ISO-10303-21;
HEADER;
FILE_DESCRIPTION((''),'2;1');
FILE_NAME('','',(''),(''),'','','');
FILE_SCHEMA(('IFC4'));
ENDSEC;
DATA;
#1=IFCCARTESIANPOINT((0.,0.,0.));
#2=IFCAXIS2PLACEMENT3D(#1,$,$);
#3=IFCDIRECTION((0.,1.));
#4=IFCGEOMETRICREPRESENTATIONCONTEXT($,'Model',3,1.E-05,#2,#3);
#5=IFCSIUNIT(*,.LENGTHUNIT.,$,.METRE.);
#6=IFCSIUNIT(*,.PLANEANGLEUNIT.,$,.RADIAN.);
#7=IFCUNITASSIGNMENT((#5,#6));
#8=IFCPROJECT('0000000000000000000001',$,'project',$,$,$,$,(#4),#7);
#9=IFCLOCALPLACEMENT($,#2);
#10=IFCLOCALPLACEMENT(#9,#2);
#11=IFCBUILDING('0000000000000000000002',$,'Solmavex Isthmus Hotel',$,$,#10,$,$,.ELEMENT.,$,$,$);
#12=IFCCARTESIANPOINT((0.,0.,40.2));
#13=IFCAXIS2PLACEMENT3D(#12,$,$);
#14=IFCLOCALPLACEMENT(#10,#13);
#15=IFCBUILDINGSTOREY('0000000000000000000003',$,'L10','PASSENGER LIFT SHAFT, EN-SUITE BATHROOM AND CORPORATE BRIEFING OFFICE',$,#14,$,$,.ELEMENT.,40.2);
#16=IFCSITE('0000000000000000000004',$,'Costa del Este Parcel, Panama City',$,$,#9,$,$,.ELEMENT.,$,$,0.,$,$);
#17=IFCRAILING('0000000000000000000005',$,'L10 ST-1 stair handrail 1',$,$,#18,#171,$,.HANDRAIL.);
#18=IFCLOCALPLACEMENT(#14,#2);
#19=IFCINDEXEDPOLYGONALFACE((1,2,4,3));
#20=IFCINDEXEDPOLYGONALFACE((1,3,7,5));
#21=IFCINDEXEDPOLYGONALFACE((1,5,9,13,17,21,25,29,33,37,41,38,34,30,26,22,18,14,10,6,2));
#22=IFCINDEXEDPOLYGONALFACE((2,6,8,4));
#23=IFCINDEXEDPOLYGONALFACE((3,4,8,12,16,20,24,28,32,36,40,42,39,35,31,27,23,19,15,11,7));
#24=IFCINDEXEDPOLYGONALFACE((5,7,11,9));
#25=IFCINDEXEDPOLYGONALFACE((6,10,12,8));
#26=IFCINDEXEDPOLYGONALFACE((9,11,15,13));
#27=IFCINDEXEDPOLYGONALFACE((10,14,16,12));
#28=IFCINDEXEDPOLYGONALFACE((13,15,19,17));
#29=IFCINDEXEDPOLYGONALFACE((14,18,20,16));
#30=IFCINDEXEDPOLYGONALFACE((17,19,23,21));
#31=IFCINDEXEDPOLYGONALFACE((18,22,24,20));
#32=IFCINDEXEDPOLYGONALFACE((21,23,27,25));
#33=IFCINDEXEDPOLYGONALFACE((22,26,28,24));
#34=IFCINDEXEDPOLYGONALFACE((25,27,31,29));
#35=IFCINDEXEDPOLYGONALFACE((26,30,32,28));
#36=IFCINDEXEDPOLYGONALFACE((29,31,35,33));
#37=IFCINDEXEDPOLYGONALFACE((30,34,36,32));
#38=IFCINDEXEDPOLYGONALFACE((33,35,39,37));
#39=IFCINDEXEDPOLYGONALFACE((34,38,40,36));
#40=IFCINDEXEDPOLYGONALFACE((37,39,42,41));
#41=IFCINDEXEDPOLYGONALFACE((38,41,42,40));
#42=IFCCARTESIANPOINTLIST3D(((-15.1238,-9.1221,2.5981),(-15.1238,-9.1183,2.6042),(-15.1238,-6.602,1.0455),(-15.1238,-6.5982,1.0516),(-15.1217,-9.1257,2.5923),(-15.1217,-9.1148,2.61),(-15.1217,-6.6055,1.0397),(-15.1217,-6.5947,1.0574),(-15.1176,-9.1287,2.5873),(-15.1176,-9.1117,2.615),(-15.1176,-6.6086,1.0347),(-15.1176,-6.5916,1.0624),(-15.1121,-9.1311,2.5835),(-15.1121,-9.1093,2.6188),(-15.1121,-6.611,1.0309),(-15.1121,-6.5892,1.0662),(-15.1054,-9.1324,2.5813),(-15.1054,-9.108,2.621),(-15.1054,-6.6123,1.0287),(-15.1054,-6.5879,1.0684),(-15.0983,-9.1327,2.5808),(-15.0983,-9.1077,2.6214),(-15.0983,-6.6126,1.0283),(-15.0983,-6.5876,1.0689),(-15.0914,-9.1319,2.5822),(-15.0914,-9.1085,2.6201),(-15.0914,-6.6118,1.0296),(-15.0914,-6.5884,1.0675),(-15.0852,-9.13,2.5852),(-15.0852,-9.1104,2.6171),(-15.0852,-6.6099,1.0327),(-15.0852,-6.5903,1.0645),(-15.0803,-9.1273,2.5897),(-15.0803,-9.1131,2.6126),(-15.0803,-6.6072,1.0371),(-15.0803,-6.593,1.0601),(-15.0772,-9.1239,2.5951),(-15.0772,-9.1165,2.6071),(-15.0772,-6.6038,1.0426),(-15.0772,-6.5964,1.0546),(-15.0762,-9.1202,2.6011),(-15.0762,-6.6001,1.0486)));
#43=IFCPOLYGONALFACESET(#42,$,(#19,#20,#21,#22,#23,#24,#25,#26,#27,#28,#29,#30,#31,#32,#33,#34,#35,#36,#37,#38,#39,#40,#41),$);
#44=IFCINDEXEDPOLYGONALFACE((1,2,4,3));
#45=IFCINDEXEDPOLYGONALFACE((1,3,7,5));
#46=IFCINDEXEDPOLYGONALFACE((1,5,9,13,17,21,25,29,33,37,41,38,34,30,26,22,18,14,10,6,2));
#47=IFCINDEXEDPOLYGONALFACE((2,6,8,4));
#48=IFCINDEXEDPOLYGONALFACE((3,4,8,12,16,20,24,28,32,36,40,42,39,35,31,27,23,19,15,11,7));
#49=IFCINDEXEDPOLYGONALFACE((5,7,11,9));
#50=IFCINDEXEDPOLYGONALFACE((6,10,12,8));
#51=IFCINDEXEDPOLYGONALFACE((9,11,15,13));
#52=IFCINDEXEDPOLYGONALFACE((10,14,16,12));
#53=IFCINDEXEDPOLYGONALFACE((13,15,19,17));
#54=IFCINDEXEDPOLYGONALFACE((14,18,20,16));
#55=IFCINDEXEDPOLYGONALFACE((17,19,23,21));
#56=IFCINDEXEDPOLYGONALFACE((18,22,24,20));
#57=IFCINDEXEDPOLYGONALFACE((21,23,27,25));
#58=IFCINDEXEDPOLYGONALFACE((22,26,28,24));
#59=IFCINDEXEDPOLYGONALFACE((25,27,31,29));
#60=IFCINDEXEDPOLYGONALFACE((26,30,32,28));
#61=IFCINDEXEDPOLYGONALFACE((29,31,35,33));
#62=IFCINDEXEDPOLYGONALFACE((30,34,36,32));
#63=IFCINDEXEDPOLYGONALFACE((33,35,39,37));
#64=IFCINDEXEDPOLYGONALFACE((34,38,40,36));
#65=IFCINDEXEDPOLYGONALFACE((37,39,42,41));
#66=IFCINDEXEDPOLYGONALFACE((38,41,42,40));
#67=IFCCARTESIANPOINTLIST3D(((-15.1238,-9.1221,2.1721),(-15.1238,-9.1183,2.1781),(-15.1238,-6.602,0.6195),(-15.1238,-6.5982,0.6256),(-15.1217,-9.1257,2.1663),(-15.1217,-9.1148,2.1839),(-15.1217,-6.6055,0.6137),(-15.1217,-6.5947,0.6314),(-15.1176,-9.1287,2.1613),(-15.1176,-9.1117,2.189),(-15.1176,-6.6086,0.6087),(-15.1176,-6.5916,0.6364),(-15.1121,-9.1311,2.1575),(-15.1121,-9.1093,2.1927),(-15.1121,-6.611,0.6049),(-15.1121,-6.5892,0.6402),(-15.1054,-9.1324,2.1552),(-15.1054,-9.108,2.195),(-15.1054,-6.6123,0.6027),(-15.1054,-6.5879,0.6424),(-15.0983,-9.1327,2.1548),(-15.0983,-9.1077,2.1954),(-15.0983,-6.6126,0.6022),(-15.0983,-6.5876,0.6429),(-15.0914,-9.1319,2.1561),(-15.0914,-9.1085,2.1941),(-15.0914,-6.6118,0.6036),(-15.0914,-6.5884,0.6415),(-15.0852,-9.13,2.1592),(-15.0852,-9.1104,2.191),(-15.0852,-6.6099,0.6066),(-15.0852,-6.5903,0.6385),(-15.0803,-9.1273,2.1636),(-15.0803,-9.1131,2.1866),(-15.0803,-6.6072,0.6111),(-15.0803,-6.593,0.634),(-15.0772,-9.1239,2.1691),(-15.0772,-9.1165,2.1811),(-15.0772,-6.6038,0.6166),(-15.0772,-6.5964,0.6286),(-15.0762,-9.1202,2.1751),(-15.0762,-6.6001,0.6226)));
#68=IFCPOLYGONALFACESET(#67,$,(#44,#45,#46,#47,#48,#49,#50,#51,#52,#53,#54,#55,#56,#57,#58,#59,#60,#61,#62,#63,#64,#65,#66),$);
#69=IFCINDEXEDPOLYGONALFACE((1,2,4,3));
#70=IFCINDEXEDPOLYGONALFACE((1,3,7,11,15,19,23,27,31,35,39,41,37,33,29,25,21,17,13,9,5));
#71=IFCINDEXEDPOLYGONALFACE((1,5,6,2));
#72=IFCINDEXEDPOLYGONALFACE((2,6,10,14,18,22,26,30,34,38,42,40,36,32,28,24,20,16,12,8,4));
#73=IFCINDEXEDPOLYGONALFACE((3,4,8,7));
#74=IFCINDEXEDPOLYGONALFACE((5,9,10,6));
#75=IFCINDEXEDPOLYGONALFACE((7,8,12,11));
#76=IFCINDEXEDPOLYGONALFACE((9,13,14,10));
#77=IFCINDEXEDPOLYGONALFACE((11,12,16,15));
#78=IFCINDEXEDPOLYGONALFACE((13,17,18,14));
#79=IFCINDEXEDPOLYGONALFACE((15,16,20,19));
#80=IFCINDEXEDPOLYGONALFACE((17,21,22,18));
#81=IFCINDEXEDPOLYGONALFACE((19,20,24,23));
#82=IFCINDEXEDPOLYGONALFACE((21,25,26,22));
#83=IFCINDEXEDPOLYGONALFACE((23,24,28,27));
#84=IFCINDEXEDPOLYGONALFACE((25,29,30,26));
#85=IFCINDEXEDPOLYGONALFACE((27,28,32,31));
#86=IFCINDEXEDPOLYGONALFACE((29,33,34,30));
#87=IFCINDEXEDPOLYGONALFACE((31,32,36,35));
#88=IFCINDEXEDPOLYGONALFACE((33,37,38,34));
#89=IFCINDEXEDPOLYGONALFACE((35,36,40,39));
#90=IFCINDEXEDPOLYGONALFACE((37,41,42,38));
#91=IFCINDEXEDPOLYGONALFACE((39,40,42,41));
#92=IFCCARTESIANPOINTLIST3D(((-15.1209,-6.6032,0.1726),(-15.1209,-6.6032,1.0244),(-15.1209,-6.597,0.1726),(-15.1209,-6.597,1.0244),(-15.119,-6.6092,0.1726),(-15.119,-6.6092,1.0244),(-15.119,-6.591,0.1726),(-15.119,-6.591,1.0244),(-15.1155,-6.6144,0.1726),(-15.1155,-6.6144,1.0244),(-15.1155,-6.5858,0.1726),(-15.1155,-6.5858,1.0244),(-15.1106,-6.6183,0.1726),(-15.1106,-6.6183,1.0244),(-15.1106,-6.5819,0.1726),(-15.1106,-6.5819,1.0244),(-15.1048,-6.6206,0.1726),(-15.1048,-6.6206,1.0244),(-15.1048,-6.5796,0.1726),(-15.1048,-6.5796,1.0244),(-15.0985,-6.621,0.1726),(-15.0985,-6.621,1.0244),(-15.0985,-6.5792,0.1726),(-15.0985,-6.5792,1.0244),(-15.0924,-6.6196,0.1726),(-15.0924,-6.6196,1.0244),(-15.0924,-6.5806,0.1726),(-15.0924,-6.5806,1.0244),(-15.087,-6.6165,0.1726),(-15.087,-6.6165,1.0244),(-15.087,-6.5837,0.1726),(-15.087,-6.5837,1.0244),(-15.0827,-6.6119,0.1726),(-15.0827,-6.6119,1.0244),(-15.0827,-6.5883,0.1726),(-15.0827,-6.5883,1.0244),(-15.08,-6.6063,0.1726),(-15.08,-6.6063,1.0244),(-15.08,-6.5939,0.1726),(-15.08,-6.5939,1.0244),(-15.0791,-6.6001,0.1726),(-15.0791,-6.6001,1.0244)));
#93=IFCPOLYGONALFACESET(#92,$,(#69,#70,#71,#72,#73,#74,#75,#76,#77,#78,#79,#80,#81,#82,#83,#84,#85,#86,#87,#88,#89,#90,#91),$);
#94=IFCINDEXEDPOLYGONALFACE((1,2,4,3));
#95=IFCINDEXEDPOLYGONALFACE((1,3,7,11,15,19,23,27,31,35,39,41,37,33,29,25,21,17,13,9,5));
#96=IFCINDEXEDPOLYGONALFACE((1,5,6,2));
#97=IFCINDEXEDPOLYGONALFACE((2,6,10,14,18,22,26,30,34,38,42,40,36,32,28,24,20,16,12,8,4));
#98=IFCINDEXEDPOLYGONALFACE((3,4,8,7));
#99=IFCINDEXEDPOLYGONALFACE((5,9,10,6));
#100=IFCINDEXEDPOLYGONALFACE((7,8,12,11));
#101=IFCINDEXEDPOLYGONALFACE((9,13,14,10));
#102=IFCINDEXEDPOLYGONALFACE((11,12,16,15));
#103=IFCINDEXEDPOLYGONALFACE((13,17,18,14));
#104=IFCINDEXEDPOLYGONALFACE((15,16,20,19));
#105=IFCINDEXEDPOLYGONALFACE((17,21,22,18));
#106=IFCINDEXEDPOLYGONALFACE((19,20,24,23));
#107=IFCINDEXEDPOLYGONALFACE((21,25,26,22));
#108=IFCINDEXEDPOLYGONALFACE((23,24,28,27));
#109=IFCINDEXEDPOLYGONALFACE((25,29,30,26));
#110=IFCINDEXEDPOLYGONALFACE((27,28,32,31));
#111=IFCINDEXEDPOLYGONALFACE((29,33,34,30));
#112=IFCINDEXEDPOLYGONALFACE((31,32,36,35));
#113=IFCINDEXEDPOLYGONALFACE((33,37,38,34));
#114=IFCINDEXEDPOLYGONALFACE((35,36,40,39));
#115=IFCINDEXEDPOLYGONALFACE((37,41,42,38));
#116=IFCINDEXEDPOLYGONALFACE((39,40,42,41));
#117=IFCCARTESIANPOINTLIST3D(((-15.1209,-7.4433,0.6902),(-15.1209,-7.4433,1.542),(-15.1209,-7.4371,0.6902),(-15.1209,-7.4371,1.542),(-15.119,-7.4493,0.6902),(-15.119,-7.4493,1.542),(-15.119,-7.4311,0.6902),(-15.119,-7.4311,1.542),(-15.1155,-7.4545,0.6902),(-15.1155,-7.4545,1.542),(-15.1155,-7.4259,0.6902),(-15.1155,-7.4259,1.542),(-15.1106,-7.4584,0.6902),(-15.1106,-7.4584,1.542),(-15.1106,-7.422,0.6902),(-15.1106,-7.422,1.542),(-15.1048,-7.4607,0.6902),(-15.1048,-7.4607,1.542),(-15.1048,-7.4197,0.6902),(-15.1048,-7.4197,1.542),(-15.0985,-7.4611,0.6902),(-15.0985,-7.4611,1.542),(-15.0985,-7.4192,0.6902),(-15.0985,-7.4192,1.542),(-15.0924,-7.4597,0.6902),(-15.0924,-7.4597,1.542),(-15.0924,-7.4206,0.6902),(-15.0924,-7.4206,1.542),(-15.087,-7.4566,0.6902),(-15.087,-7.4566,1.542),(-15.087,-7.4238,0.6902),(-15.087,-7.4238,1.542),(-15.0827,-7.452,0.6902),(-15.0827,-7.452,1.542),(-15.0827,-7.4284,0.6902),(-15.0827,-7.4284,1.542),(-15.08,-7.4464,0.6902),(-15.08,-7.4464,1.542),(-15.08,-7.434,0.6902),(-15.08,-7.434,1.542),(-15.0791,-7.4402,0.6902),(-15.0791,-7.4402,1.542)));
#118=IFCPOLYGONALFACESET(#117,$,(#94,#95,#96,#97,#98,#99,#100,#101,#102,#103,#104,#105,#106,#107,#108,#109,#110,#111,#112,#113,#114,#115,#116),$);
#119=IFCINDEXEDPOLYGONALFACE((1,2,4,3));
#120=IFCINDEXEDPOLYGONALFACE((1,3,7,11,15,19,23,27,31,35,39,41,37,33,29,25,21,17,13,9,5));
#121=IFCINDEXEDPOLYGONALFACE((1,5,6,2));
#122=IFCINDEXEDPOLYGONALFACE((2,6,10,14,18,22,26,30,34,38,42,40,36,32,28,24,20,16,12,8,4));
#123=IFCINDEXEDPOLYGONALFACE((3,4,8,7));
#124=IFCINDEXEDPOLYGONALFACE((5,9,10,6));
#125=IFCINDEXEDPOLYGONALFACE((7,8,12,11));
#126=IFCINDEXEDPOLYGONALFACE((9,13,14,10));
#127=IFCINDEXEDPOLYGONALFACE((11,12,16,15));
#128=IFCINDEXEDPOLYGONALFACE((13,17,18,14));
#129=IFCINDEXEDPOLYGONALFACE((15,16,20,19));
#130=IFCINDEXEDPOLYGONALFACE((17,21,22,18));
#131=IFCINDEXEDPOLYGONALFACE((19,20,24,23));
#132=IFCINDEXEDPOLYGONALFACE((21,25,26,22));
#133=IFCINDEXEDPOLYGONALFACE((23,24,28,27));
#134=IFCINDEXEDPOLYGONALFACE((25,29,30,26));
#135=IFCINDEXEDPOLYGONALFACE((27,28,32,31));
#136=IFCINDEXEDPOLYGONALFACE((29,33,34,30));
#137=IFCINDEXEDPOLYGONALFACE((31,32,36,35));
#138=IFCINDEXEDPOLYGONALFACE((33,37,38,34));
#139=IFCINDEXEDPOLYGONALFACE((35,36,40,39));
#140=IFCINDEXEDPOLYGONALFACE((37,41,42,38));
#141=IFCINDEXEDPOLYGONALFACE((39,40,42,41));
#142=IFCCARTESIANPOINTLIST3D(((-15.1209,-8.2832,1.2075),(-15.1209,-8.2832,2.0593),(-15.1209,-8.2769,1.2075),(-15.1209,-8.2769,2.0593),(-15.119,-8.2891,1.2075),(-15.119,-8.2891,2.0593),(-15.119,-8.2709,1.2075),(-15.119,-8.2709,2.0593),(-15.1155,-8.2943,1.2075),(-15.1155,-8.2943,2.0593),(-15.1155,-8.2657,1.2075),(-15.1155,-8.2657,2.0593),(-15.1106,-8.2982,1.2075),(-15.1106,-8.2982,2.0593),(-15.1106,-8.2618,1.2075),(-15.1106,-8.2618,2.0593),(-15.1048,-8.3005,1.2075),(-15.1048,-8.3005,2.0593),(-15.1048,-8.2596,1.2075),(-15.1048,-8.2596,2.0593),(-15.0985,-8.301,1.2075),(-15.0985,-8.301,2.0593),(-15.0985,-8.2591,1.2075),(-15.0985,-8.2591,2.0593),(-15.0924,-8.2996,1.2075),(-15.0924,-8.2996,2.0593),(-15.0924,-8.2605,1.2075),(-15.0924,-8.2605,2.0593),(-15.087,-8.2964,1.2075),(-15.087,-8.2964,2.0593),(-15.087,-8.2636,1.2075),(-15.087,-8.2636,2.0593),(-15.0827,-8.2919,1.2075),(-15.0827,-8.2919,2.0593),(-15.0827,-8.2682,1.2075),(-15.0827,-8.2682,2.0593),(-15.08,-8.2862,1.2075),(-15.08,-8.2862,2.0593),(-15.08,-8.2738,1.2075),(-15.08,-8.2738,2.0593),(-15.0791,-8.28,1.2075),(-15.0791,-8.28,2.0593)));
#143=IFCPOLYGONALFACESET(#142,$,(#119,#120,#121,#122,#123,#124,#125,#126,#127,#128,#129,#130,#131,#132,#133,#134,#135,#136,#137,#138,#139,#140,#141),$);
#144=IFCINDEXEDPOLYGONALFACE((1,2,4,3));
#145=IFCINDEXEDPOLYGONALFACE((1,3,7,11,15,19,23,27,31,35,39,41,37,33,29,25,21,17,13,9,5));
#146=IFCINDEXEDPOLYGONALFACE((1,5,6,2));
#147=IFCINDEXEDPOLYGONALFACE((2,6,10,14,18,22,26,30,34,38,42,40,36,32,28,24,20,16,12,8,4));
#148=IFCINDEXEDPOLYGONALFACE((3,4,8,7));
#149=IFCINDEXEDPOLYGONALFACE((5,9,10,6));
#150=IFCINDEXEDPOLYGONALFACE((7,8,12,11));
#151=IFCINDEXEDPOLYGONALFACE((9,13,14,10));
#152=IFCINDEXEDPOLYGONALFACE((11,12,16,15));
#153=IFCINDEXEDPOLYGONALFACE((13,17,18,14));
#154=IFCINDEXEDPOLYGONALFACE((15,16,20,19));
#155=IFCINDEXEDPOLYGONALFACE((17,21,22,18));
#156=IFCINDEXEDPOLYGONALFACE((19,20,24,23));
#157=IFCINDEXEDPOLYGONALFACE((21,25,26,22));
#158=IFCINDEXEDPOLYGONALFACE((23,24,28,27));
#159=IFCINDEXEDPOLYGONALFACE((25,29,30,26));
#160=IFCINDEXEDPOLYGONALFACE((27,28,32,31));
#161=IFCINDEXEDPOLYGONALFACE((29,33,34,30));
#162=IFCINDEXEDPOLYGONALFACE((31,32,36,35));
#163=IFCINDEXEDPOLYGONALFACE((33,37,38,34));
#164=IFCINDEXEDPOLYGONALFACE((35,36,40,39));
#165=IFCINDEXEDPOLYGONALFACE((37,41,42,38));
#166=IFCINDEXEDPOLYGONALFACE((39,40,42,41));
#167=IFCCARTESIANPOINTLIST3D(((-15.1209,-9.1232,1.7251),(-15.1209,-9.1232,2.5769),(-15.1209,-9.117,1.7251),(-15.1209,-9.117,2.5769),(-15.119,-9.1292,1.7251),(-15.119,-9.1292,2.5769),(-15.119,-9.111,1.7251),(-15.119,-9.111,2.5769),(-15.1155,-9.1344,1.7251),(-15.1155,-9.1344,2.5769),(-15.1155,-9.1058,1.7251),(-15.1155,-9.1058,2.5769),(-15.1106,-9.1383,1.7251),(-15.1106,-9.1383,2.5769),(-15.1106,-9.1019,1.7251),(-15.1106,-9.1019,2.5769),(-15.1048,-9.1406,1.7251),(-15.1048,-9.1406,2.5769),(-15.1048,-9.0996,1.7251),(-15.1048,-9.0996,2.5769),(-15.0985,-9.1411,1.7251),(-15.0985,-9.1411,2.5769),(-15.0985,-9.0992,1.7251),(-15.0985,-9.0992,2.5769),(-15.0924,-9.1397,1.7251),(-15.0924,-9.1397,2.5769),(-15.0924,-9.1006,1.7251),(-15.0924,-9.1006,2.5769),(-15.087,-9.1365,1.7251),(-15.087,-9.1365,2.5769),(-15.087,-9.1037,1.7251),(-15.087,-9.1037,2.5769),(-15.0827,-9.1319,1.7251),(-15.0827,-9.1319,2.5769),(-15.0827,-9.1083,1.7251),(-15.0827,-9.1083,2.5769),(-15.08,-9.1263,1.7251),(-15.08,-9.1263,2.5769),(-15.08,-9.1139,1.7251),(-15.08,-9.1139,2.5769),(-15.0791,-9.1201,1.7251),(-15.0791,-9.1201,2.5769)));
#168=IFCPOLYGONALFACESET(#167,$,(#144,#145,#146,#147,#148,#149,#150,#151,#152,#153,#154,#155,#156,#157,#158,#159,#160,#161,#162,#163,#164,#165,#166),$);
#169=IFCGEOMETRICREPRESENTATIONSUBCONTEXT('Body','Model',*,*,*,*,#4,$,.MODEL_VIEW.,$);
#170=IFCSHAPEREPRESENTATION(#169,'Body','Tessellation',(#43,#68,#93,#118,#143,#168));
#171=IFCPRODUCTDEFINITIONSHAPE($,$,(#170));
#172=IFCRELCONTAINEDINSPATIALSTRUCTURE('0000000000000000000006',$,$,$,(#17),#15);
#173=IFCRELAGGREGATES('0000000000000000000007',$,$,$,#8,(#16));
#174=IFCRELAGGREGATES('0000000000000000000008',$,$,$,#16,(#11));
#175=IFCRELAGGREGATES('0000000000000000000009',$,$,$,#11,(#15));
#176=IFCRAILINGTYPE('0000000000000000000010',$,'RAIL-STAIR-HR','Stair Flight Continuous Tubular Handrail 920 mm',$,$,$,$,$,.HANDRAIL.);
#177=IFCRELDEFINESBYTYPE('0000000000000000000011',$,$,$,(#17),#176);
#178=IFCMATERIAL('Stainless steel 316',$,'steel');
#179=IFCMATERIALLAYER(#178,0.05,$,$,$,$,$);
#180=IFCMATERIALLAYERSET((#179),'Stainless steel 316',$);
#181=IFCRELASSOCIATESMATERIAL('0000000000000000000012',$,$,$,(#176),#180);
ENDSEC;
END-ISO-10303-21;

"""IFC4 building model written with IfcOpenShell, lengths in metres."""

from ifc_helpers import new_model, si_unit, direction, frame, origin, origin_2d, place, context, subcontext, project, spatial, circle, extrude, material, layer, layer_set, type_object, element, save


model = new_model("IFC4")

# Units and contexts
model_context = context("Model", 3, precision=1e-05, world=origin(), true_north=direction((0.0, 1.0)))
body_context = subcontext(model_context, "Body", "Model", "MODEL_VIEW")
ifc_project = project(units=[si_unit("LENGTHUNIT", "METRE"), si_unit("PLANEANGLEUNIT", "RADIAN")], contexts=[model_context])

# Site, building, storey
site_placement = place(None, origin())
site = spatial("IfcSite", under=ifc_project, at=site_placement, Name="Costa del Este Parcel, Panama City", CompositionType="ELEMENT", RefElevation=0.0)
building_placement = place(site_placement, origin())
building = spatial("IfcBuilding", under=site, at=building_placement, Name="Solmavex Isthmus Hotel", CompositionType="ELEMENT")
storey_placement = place(building_placement, frame((0.0, 0.0, 40.2)))
storey = spatial("IfcBuildingStorey", under=building, at=storey_placement, Name="L10", Description="PASSENGER LIFT SHAFT, EN-SUITE BATHROOM AND CORPORATE BRIEFING OFFICE", CompositionType="ELEMENT", Elevation=40.2)

# Railing
ifc_material_1 = material(Name="Stainless steel 316", Category="steel")
ifc_layer_1 = layer(ifc_material_1, 0.05)
ifc_layer_set_1 = layer_set([ifc_layer_1], Name="Stainless steel 316")
railing_type = type_object("IfcRailingType", Name="RAIL-STAIR-HR", Description="Stair Flight Continuous Tubular Handrail 920 mm", PredefinedType="HANDRAIL", material=ifc_layer_set_1)
railing_placement = place(storey_placement, frame((-15.1001, -6.6001, 0.1726)))
element("IfcRailing", 1, at=railing_placement, inside=storey, type_object=railing_type, Name="L10 ST-1 stair handrail 1", PredefinedType="HANDRAIL", context=body_context, shape_type="SweptSolid", body=[
    extrude(circle(Radius=0.0239, at=origin_2d()), frame((0.0, 0.0, 0.876), z_axis=(0.0, -0.8514, 0.524516), x_axis=(1.0, 0.0, 0.0)), (0.0, 0.0, 1.0), 2.96),
    extrude(circle(Radius=0.0239, at=origin_2d()), frame((0.0, 0.0, 0.45), z_axis=(0.0, -0.8514, 0.524516), x_axis=(1.0, 0.0, 0.0)), (0.0, 0.0, 1.0), 2.96),
    extrude(circle(Radius=0.021, at=origin_2d()), origin(), (0.0, 0.0, 1.0), 0.8518),
    extrude(circle(Radius=0.021, at=origin_2d()), frame((0.0, -0.8401, 0.5176)), (0.0, 0.0, 1.0), 0.8518),
    extrude(circle(Radius=0.021, at=origin_2d()), frame((0.0, -1.6799, 1.0349)), (0.0, 0.0, 1.0), 0.8518),
    extrude(circle(Radius=0.021, at=origin_2d()), frame((0.0, -2.52, 1.5525)), (0.0, 0.0, 1.0), 0.8518),
])

save(model, "model.ifc")
